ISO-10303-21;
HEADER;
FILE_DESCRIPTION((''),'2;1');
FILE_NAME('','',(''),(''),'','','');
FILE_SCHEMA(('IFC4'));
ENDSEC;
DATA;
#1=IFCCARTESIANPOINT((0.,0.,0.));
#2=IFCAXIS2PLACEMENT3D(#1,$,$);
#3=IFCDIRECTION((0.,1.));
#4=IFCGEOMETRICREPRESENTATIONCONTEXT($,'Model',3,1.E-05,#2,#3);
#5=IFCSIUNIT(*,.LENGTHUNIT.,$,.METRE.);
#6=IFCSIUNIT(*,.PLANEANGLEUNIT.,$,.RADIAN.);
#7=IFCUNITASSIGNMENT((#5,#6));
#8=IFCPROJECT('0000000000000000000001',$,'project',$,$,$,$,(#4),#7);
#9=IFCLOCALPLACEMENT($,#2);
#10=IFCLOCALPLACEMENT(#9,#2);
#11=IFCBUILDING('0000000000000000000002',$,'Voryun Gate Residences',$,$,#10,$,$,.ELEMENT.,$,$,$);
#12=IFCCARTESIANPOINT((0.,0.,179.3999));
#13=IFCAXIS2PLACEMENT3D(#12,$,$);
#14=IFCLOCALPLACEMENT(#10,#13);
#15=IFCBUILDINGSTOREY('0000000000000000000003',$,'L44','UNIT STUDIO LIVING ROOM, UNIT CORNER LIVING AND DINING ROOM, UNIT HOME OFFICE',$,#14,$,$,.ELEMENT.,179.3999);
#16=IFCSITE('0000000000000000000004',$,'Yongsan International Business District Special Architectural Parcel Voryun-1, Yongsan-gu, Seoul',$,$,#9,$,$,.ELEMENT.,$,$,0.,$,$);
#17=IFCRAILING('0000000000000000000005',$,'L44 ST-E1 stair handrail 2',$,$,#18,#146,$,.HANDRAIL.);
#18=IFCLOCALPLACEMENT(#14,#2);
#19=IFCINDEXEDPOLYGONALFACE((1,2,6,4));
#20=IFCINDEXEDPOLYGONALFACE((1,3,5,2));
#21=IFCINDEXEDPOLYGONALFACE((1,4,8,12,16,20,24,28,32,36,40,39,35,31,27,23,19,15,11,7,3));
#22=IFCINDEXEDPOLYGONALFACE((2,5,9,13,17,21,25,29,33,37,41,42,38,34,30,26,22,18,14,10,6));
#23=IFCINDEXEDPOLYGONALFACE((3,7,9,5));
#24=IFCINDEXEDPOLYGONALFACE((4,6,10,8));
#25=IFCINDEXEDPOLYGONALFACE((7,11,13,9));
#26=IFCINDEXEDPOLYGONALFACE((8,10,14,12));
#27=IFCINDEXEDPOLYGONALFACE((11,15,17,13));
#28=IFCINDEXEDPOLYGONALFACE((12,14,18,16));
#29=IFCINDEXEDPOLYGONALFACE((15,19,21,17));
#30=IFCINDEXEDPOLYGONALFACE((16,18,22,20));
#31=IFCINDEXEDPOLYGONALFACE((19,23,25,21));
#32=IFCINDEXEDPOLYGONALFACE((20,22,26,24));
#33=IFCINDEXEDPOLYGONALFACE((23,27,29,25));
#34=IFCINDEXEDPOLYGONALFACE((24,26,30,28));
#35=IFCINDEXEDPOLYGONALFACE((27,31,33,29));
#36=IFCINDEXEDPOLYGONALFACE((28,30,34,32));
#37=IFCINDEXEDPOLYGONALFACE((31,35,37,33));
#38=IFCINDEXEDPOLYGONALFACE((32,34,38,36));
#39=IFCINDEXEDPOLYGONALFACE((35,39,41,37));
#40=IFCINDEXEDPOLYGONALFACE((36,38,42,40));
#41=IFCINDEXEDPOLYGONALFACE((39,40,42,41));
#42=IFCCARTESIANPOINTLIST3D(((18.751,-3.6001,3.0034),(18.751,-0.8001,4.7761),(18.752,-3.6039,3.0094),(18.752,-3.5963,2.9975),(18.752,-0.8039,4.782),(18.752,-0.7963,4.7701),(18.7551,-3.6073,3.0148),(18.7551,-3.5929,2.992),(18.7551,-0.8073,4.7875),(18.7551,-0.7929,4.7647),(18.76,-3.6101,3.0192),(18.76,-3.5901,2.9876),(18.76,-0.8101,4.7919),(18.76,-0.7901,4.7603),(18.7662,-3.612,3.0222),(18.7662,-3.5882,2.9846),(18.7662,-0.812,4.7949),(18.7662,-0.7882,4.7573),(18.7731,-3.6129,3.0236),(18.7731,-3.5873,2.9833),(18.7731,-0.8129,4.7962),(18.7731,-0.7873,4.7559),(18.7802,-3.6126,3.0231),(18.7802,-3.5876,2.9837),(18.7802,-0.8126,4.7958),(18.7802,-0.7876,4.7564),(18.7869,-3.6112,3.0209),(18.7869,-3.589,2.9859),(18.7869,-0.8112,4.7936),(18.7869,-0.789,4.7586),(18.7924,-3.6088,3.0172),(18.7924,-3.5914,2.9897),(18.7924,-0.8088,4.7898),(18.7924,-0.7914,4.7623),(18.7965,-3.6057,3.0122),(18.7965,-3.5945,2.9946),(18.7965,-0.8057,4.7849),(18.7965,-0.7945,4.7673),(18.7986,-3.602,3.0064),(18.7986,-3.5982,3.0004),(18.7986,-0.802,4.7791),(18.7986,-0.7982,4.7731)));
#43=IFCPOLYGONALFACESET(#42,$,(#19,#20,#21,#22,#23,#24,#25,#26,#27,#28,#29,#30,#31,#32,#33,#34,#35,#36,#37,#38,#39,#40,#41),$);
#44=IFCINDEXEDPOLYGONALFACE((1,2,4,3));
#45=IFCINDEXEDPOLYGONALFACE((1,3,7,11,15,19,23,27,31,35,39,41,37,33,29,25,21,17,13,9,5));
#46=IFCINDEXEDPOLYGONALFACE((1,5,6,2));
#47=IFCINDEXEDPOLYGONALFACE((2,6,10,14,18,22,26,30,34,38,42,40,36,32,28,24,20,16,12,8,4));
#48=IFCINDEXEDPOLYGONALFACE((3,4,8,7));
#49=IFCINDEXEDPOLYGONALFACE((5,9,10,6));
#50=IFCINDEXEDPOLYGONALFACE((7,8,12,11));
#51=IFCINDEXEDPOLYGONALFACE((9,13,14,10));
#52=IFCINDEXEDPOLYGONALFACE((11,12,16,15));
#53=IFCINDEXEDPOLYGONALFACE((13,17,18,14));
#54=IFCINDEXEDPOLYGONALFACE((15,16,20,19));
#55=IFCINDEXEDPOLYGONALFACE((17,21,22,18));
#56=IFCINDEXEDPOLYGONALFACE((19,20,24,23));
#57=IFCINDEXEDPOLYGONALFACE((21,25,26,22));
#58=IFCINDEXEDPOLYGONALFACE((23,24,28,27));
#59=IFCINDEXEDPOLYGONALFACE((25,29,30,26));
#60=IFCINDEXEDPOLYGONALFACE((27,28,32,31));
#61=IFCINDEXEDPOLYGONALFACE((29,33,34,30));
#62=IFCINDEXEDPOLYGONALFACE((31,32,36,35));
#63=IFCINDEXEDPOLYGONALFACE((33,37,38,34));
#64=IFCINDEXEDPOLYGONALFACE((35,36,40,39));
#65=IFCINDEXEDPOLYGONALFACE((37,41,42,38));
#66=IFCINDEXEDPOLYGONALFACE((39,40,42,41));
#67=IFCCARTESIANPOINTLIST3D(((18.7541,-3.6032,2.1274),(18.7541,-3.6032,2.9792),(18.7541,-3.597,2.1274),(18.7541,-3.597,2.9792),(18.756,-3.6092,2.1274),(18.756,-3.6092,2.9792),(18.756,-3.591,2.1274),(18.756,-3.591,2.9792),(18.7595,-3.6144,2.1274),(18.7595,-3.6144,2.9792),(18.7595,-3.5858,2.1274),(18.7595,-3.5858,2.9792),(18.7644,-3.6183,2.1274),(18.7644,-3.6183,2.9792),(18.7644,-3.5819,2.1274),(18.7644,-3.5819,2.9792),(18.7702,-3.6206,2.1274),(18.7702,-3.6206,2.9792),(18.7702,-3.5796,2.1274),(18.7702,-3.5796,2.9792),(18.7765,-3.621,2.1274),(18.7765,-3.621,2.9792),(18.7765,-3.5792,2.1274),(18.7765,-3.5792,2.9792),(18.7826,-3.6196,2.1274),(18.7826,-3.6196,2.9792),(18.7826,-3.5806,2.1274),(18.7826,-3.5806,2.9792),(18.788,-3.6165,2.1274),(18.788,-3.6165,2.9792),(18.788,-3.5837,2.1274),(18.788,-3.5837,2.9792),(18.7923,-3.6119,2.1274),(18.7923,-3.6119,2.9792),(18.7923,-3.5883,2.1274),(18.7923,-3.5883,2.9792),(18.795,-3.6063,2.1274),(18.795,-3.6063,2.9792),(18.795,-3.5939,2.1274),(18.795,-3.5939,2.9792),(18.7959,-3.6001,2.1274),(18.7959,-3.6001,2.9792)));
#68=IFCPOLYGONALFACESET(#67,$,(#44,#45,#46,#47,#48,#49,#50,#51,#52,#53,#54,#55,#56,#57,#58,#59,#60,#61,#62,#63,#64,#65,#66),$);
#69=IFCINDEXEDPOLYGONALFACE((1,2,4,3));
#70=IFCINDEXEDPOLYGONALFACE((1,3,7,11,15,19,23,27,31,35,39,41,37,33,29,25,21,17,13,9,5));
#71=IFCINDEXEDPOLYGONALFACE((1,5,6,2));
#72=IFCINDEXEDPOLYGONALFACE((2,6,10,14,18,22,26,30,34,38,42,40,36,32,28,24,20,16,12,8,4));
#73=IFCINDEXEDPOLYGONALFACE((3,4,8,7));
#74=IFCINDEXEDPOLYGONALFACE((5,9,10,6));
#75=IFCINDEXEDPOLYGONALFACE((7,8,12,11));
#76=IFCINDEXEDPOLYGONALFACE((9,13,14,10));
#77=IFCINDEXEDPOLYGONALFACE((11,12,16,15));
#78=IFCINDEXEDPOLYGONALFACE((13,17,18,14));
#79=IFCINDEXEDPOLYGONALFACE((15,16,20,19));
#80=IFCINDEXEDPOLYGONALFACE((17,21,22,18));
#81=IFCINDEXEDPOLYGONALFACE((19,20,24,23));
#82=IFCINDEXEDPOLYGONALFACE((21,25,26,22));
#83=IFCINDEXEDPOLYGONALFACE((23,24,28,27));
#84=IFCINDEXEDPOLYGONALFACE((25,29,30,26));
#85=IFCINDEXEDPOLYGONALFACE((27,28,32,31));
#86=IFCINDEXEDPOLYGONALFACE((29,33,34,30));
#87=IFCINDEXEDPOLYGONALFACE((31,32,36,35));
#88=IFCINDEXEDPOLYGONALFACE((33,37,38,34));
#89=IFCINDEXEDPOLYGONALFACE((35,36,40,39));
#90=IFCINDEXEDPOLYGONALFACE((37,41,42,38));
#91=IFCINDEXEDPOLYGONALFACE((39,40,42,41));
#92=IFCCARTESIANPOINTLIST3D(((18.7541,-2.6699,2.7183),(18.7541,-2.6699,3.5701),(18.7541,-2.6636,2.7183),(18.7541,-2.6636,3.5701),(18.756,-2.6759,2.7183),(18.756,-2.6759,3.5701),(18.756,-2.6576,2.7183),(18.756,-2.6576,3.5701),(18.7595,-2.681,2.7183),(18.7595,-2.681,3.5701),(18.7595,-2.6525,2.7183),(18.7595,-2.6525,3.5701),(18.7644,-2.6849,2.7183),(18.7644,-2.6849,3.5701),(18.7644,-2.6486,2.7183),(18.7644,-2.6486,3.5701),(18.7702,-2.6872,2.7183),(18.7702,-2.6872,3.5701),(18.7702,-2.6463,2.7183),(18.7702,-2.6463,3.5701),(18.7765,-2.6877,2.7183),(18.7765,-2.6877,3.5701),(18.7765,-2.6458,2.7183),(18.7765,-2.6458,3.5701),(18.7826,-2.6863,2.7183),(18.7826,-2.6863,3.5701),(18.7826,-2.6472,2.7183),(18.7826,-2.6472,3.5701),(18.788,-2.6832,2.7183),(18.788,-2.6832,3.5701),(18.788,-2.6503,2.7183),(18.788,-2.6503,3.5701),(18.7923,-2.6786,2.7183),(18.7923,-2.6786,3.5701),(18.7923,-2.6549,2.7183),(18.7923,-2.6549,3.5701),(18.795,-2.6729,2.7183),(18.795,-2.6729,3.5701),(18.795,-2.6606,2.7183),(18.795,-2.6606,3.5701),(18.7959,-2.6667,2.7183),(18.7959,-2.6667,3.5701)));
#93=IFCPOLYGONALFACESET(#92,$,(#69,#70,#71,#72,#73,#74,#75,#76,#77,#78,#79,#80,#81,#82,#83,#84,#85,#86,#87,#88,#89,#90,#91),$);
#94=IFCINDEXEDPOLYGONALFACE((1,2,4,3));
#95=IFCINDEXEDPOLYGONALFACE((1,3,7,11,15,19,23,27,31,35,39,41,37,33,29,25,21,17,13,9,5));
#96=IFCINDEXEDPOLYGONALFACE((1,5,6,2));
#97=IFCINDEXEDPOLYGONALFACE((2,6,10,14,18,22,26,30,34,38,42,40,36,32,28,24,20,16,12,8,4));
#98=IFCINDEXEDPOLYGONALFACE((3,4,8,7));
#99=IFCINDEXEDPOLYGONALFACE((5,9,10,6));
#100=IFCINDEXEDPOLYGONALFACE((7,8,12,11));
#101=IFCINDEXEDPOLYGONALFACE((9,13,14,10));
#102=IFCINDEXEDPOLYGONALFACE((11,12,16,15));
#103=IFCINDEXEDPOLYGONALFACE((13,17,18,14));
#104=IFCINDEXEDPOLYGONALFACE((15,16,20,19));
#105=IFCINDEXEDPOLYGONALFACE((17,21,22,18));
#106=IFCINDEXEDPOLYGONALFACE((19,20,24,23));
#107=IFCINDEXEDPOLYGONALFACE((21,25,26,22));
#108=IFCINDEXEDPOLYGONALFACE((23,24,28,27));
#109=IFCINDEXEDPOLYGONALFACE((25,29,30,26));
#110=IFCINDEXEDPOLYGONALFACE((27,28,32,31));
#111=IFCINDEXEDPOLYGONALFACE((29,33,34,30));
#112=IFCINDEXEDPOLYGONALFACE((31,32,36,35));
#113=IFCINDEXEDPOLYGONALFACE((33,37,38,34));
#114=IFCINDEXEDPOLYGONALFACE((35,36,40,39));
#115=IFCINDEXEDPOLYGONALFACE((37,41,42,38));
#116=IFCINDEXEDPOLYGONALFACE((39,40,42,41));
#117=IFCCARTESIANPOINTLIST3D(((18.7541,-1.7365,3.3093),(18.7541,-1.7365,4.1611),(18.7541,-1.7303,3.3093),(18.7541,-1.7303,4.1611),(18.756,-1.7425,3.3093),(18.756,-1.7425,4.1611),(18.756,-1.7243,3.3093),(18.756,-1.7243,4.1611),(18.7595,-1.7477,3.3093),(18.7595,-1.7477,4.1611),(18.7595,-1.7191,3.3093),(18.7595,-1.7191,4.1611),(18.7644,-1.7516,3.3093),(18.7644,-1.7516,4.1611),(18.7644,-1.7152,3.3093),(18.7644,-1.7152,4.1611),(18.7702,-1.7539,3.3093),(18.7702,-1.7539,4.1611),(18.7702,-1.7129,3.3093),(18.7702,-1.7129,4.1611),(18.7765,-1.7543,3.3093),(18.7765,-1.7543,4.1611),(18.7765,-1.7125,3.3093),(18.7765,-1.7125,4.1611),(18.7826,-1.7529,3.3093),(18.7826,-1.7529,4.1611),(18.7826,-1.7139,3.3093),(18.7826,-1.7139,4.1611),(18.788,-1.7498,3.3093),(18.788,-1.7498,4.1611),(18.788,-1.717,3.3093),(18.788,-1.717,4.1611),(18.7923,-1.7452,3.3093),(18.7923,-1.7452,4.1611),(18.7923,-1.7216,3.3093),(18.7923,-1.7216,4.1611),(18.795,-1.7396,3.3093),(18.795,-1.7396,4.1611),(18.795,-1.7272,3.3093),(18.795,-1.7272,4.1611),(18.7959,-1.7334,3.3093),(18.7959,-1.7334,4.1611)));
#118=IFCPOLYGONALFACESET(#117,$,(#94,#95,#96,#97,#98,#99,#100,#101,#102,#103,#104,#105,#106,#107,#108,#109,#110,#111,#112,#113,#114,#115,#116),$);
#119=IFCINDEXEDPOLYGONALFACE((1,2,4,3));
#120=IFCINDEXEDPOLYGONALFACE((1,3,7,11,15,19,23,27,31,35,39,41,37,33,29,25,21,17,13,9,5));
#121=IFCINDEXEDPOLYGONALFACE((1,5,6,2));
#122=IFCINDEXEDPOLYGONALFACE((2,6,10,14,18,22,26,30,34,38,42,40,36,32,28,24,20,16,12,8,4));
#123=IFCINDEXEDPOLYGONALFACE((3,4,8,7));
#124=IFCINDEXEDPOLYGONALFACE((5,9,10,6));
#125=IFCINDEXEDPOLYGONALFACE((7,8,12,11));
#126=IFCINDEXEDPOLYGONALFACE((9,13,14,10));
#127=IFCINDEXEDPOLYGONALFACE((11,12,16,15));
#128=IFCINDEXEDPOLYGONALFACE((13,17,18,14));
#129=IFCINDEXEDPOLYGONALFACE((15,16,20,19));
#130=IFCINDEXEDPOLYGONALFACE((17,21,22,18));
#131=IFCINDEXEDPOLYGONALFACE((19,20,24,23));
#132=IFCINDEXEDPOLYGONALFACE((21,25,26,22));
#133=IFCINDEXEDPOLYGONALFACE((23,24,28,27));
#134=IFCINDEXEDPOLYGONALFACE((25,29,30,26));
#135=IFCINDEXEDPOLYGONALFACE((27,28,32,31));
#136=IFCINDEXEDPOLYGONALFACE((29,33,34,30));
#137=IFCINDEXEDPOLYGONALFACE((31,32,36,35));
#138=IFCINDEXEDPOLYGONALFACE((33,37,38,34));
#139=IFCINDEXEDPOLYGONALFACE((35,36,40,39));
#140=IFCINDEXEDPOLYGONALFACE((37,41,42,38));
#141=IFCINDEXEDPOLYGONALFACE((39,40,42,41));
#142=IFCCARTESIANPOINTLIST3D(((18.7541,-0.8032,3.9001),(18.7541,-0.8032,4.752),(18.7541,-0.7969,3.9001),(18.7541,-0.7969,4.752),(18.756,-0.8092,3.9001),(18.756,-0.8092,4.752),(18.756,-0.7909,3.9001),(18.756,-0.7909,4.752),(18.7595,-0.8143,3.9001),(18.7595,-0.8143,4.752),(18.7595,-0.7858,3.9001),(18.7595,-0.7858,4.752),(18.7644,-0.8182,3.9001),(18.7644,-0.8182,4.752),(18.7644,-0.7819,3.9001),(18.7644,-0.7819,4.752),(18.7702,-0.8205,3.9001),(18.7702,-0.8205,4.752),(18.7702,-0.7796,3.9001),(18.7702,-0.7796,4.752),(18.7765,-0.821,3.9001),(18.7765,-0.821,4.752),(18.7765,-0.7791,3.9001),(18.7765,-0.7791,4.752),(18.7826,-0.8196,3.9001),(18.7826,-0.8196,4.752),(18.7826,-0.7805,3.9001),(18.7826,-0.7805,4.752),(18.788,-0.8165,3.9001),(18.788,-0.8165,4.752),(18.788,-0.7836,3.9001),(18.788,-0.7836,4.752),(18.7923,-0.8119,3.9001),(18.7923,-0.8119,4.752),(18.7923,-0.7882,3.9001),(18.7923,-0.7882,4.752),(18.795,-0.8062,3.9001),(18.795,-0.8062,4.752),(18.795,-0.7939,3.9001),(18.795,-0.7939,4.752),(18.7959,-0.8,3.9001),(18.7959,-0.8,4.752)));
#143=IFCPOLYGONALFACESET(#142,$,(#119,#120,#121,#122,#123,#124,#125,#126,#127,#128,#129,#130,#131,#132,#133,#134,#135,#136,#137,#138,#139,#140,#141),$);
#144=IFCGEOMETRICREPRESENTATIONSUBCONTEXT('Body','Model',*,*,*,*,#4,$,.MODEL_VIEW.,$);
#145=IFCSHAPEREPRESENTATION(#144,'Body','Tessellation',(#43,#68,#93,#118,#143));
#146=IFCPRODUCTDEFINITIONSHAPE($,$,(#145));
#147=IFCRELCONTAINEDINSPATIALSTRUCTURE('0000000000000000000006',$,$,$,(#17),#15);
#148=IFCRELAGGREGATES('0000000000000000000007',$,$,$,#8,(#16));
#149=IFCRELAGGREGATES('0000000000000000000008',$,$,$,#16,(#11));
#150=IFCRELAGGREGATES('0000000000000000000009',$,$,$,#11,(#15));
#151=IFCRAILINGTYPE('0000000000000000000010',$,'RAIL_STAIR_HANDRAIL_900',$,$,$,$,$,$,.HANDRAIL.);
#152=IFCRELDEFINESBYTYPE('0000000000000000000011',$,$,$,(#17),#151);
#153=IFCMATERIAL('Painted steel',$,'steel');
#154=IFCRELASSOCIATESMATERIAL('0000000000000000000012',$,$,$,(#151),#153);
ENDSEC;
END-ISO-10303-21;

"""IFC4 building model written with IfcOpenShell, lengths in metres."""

from ifc_helpers import new_model, si_unit, direction, frame, origin, origin_2d, place, context, subcontext, project, spatial, circle, extrude, material, type_object, element, save


model = new_model("IFC4")

# Units and contexts
model_context = context("Model", 3, precision=1e-05, world=origin(), true_north=direction((0.0, 1.0)))
body_context = subcontext(model_context, "Body", "Model", "MODEL_VIEW")
ifc_project = project(units=[si_unit("LENGTHUNIT", "METRE"), si_unit("PLANEANGLEUNIT", "RADIAN")], contexts=[model_context])

# Site, building, storey
site_placement = place(None, origin())
site = spatial("IfcSite", under=ifc_project, at=site_placement, Name="Yongsan International Business District Special Architectural Parcel Voryun-1, Yongsan-gu, Seoul", CompositionType="ELEMENT", RefElevation=0.0)
building_placement = place(site_placement, origin())
building = spatial("IfcBuilding", under=site, at=building_placement, Name="Voryun Gate Residences", CompositionType="ELEMENT")
storey_placement = place(building_placement, frame((0.0, 0.0, 179.3999)))
storey = spatial("IfcBuildingStorey", under=building, at=storey_placement, Name="L44", Description="UNIT STUDIO LIVING ROOM, UNIT CORNER LIVING AND DINING ROOM, UNIT HOME OFFICE", CompositionType="ELEMENT", Elevation=179.3999)

# Railing
ifc_material_1 = material(Name="Painted steel", Category="steel")
railing_type_1 = type_object("IfcRailingType", Name="RAIL_STAIR_HANDRAIL_900", PredefinedType="HANDRAIL", material=ifc_material_1)
railing_1_placement = place(storey_placement, frame((18.7749, -3.6001, 2.1274)))
element("IfcRailing", 1, at=railing_1_placement, inside=storey, type_object=railing_type_1, Name="L44 ST-E1 stair handrail 2", PredefinedType="HANDRAIL", context=body_context, shape_type="SweptSolid", body=[
    extrude(circle(Radius=0.0239, at=origin_2d()), frame((0.0, 0.0, 0.876), z_axis=(0.0, 0.844909, 0.53491), x_axis=(-1.0, 0.0, 0.0)), (0.0, 0.0, 1.0), 3.314),
    extrude(circle(Radius=0.021, at=origin_2d()), origin(), (0.0, 0.0, 1.0), 0.8518),
    extrude(circle(Radius=0.021, at=origin_2d()), frame((0.0, 0.9333, 0.5908)), (0.0, 0.0, 1.0), 0.8518),
    extrude(circle(Radius=0.021, at=origin_2d()), frame((0.0, 1.8667, 1.1819)), (0.0, 0.0, 1.0), 0.8518),
    extrude(circle(Radius=0.021, at=origin_2d()), frame((0.0, 2.8, 1.7727)), (0.0, 0.0, 1.0), 0.8518),
])

save(model, "model.ifc")
